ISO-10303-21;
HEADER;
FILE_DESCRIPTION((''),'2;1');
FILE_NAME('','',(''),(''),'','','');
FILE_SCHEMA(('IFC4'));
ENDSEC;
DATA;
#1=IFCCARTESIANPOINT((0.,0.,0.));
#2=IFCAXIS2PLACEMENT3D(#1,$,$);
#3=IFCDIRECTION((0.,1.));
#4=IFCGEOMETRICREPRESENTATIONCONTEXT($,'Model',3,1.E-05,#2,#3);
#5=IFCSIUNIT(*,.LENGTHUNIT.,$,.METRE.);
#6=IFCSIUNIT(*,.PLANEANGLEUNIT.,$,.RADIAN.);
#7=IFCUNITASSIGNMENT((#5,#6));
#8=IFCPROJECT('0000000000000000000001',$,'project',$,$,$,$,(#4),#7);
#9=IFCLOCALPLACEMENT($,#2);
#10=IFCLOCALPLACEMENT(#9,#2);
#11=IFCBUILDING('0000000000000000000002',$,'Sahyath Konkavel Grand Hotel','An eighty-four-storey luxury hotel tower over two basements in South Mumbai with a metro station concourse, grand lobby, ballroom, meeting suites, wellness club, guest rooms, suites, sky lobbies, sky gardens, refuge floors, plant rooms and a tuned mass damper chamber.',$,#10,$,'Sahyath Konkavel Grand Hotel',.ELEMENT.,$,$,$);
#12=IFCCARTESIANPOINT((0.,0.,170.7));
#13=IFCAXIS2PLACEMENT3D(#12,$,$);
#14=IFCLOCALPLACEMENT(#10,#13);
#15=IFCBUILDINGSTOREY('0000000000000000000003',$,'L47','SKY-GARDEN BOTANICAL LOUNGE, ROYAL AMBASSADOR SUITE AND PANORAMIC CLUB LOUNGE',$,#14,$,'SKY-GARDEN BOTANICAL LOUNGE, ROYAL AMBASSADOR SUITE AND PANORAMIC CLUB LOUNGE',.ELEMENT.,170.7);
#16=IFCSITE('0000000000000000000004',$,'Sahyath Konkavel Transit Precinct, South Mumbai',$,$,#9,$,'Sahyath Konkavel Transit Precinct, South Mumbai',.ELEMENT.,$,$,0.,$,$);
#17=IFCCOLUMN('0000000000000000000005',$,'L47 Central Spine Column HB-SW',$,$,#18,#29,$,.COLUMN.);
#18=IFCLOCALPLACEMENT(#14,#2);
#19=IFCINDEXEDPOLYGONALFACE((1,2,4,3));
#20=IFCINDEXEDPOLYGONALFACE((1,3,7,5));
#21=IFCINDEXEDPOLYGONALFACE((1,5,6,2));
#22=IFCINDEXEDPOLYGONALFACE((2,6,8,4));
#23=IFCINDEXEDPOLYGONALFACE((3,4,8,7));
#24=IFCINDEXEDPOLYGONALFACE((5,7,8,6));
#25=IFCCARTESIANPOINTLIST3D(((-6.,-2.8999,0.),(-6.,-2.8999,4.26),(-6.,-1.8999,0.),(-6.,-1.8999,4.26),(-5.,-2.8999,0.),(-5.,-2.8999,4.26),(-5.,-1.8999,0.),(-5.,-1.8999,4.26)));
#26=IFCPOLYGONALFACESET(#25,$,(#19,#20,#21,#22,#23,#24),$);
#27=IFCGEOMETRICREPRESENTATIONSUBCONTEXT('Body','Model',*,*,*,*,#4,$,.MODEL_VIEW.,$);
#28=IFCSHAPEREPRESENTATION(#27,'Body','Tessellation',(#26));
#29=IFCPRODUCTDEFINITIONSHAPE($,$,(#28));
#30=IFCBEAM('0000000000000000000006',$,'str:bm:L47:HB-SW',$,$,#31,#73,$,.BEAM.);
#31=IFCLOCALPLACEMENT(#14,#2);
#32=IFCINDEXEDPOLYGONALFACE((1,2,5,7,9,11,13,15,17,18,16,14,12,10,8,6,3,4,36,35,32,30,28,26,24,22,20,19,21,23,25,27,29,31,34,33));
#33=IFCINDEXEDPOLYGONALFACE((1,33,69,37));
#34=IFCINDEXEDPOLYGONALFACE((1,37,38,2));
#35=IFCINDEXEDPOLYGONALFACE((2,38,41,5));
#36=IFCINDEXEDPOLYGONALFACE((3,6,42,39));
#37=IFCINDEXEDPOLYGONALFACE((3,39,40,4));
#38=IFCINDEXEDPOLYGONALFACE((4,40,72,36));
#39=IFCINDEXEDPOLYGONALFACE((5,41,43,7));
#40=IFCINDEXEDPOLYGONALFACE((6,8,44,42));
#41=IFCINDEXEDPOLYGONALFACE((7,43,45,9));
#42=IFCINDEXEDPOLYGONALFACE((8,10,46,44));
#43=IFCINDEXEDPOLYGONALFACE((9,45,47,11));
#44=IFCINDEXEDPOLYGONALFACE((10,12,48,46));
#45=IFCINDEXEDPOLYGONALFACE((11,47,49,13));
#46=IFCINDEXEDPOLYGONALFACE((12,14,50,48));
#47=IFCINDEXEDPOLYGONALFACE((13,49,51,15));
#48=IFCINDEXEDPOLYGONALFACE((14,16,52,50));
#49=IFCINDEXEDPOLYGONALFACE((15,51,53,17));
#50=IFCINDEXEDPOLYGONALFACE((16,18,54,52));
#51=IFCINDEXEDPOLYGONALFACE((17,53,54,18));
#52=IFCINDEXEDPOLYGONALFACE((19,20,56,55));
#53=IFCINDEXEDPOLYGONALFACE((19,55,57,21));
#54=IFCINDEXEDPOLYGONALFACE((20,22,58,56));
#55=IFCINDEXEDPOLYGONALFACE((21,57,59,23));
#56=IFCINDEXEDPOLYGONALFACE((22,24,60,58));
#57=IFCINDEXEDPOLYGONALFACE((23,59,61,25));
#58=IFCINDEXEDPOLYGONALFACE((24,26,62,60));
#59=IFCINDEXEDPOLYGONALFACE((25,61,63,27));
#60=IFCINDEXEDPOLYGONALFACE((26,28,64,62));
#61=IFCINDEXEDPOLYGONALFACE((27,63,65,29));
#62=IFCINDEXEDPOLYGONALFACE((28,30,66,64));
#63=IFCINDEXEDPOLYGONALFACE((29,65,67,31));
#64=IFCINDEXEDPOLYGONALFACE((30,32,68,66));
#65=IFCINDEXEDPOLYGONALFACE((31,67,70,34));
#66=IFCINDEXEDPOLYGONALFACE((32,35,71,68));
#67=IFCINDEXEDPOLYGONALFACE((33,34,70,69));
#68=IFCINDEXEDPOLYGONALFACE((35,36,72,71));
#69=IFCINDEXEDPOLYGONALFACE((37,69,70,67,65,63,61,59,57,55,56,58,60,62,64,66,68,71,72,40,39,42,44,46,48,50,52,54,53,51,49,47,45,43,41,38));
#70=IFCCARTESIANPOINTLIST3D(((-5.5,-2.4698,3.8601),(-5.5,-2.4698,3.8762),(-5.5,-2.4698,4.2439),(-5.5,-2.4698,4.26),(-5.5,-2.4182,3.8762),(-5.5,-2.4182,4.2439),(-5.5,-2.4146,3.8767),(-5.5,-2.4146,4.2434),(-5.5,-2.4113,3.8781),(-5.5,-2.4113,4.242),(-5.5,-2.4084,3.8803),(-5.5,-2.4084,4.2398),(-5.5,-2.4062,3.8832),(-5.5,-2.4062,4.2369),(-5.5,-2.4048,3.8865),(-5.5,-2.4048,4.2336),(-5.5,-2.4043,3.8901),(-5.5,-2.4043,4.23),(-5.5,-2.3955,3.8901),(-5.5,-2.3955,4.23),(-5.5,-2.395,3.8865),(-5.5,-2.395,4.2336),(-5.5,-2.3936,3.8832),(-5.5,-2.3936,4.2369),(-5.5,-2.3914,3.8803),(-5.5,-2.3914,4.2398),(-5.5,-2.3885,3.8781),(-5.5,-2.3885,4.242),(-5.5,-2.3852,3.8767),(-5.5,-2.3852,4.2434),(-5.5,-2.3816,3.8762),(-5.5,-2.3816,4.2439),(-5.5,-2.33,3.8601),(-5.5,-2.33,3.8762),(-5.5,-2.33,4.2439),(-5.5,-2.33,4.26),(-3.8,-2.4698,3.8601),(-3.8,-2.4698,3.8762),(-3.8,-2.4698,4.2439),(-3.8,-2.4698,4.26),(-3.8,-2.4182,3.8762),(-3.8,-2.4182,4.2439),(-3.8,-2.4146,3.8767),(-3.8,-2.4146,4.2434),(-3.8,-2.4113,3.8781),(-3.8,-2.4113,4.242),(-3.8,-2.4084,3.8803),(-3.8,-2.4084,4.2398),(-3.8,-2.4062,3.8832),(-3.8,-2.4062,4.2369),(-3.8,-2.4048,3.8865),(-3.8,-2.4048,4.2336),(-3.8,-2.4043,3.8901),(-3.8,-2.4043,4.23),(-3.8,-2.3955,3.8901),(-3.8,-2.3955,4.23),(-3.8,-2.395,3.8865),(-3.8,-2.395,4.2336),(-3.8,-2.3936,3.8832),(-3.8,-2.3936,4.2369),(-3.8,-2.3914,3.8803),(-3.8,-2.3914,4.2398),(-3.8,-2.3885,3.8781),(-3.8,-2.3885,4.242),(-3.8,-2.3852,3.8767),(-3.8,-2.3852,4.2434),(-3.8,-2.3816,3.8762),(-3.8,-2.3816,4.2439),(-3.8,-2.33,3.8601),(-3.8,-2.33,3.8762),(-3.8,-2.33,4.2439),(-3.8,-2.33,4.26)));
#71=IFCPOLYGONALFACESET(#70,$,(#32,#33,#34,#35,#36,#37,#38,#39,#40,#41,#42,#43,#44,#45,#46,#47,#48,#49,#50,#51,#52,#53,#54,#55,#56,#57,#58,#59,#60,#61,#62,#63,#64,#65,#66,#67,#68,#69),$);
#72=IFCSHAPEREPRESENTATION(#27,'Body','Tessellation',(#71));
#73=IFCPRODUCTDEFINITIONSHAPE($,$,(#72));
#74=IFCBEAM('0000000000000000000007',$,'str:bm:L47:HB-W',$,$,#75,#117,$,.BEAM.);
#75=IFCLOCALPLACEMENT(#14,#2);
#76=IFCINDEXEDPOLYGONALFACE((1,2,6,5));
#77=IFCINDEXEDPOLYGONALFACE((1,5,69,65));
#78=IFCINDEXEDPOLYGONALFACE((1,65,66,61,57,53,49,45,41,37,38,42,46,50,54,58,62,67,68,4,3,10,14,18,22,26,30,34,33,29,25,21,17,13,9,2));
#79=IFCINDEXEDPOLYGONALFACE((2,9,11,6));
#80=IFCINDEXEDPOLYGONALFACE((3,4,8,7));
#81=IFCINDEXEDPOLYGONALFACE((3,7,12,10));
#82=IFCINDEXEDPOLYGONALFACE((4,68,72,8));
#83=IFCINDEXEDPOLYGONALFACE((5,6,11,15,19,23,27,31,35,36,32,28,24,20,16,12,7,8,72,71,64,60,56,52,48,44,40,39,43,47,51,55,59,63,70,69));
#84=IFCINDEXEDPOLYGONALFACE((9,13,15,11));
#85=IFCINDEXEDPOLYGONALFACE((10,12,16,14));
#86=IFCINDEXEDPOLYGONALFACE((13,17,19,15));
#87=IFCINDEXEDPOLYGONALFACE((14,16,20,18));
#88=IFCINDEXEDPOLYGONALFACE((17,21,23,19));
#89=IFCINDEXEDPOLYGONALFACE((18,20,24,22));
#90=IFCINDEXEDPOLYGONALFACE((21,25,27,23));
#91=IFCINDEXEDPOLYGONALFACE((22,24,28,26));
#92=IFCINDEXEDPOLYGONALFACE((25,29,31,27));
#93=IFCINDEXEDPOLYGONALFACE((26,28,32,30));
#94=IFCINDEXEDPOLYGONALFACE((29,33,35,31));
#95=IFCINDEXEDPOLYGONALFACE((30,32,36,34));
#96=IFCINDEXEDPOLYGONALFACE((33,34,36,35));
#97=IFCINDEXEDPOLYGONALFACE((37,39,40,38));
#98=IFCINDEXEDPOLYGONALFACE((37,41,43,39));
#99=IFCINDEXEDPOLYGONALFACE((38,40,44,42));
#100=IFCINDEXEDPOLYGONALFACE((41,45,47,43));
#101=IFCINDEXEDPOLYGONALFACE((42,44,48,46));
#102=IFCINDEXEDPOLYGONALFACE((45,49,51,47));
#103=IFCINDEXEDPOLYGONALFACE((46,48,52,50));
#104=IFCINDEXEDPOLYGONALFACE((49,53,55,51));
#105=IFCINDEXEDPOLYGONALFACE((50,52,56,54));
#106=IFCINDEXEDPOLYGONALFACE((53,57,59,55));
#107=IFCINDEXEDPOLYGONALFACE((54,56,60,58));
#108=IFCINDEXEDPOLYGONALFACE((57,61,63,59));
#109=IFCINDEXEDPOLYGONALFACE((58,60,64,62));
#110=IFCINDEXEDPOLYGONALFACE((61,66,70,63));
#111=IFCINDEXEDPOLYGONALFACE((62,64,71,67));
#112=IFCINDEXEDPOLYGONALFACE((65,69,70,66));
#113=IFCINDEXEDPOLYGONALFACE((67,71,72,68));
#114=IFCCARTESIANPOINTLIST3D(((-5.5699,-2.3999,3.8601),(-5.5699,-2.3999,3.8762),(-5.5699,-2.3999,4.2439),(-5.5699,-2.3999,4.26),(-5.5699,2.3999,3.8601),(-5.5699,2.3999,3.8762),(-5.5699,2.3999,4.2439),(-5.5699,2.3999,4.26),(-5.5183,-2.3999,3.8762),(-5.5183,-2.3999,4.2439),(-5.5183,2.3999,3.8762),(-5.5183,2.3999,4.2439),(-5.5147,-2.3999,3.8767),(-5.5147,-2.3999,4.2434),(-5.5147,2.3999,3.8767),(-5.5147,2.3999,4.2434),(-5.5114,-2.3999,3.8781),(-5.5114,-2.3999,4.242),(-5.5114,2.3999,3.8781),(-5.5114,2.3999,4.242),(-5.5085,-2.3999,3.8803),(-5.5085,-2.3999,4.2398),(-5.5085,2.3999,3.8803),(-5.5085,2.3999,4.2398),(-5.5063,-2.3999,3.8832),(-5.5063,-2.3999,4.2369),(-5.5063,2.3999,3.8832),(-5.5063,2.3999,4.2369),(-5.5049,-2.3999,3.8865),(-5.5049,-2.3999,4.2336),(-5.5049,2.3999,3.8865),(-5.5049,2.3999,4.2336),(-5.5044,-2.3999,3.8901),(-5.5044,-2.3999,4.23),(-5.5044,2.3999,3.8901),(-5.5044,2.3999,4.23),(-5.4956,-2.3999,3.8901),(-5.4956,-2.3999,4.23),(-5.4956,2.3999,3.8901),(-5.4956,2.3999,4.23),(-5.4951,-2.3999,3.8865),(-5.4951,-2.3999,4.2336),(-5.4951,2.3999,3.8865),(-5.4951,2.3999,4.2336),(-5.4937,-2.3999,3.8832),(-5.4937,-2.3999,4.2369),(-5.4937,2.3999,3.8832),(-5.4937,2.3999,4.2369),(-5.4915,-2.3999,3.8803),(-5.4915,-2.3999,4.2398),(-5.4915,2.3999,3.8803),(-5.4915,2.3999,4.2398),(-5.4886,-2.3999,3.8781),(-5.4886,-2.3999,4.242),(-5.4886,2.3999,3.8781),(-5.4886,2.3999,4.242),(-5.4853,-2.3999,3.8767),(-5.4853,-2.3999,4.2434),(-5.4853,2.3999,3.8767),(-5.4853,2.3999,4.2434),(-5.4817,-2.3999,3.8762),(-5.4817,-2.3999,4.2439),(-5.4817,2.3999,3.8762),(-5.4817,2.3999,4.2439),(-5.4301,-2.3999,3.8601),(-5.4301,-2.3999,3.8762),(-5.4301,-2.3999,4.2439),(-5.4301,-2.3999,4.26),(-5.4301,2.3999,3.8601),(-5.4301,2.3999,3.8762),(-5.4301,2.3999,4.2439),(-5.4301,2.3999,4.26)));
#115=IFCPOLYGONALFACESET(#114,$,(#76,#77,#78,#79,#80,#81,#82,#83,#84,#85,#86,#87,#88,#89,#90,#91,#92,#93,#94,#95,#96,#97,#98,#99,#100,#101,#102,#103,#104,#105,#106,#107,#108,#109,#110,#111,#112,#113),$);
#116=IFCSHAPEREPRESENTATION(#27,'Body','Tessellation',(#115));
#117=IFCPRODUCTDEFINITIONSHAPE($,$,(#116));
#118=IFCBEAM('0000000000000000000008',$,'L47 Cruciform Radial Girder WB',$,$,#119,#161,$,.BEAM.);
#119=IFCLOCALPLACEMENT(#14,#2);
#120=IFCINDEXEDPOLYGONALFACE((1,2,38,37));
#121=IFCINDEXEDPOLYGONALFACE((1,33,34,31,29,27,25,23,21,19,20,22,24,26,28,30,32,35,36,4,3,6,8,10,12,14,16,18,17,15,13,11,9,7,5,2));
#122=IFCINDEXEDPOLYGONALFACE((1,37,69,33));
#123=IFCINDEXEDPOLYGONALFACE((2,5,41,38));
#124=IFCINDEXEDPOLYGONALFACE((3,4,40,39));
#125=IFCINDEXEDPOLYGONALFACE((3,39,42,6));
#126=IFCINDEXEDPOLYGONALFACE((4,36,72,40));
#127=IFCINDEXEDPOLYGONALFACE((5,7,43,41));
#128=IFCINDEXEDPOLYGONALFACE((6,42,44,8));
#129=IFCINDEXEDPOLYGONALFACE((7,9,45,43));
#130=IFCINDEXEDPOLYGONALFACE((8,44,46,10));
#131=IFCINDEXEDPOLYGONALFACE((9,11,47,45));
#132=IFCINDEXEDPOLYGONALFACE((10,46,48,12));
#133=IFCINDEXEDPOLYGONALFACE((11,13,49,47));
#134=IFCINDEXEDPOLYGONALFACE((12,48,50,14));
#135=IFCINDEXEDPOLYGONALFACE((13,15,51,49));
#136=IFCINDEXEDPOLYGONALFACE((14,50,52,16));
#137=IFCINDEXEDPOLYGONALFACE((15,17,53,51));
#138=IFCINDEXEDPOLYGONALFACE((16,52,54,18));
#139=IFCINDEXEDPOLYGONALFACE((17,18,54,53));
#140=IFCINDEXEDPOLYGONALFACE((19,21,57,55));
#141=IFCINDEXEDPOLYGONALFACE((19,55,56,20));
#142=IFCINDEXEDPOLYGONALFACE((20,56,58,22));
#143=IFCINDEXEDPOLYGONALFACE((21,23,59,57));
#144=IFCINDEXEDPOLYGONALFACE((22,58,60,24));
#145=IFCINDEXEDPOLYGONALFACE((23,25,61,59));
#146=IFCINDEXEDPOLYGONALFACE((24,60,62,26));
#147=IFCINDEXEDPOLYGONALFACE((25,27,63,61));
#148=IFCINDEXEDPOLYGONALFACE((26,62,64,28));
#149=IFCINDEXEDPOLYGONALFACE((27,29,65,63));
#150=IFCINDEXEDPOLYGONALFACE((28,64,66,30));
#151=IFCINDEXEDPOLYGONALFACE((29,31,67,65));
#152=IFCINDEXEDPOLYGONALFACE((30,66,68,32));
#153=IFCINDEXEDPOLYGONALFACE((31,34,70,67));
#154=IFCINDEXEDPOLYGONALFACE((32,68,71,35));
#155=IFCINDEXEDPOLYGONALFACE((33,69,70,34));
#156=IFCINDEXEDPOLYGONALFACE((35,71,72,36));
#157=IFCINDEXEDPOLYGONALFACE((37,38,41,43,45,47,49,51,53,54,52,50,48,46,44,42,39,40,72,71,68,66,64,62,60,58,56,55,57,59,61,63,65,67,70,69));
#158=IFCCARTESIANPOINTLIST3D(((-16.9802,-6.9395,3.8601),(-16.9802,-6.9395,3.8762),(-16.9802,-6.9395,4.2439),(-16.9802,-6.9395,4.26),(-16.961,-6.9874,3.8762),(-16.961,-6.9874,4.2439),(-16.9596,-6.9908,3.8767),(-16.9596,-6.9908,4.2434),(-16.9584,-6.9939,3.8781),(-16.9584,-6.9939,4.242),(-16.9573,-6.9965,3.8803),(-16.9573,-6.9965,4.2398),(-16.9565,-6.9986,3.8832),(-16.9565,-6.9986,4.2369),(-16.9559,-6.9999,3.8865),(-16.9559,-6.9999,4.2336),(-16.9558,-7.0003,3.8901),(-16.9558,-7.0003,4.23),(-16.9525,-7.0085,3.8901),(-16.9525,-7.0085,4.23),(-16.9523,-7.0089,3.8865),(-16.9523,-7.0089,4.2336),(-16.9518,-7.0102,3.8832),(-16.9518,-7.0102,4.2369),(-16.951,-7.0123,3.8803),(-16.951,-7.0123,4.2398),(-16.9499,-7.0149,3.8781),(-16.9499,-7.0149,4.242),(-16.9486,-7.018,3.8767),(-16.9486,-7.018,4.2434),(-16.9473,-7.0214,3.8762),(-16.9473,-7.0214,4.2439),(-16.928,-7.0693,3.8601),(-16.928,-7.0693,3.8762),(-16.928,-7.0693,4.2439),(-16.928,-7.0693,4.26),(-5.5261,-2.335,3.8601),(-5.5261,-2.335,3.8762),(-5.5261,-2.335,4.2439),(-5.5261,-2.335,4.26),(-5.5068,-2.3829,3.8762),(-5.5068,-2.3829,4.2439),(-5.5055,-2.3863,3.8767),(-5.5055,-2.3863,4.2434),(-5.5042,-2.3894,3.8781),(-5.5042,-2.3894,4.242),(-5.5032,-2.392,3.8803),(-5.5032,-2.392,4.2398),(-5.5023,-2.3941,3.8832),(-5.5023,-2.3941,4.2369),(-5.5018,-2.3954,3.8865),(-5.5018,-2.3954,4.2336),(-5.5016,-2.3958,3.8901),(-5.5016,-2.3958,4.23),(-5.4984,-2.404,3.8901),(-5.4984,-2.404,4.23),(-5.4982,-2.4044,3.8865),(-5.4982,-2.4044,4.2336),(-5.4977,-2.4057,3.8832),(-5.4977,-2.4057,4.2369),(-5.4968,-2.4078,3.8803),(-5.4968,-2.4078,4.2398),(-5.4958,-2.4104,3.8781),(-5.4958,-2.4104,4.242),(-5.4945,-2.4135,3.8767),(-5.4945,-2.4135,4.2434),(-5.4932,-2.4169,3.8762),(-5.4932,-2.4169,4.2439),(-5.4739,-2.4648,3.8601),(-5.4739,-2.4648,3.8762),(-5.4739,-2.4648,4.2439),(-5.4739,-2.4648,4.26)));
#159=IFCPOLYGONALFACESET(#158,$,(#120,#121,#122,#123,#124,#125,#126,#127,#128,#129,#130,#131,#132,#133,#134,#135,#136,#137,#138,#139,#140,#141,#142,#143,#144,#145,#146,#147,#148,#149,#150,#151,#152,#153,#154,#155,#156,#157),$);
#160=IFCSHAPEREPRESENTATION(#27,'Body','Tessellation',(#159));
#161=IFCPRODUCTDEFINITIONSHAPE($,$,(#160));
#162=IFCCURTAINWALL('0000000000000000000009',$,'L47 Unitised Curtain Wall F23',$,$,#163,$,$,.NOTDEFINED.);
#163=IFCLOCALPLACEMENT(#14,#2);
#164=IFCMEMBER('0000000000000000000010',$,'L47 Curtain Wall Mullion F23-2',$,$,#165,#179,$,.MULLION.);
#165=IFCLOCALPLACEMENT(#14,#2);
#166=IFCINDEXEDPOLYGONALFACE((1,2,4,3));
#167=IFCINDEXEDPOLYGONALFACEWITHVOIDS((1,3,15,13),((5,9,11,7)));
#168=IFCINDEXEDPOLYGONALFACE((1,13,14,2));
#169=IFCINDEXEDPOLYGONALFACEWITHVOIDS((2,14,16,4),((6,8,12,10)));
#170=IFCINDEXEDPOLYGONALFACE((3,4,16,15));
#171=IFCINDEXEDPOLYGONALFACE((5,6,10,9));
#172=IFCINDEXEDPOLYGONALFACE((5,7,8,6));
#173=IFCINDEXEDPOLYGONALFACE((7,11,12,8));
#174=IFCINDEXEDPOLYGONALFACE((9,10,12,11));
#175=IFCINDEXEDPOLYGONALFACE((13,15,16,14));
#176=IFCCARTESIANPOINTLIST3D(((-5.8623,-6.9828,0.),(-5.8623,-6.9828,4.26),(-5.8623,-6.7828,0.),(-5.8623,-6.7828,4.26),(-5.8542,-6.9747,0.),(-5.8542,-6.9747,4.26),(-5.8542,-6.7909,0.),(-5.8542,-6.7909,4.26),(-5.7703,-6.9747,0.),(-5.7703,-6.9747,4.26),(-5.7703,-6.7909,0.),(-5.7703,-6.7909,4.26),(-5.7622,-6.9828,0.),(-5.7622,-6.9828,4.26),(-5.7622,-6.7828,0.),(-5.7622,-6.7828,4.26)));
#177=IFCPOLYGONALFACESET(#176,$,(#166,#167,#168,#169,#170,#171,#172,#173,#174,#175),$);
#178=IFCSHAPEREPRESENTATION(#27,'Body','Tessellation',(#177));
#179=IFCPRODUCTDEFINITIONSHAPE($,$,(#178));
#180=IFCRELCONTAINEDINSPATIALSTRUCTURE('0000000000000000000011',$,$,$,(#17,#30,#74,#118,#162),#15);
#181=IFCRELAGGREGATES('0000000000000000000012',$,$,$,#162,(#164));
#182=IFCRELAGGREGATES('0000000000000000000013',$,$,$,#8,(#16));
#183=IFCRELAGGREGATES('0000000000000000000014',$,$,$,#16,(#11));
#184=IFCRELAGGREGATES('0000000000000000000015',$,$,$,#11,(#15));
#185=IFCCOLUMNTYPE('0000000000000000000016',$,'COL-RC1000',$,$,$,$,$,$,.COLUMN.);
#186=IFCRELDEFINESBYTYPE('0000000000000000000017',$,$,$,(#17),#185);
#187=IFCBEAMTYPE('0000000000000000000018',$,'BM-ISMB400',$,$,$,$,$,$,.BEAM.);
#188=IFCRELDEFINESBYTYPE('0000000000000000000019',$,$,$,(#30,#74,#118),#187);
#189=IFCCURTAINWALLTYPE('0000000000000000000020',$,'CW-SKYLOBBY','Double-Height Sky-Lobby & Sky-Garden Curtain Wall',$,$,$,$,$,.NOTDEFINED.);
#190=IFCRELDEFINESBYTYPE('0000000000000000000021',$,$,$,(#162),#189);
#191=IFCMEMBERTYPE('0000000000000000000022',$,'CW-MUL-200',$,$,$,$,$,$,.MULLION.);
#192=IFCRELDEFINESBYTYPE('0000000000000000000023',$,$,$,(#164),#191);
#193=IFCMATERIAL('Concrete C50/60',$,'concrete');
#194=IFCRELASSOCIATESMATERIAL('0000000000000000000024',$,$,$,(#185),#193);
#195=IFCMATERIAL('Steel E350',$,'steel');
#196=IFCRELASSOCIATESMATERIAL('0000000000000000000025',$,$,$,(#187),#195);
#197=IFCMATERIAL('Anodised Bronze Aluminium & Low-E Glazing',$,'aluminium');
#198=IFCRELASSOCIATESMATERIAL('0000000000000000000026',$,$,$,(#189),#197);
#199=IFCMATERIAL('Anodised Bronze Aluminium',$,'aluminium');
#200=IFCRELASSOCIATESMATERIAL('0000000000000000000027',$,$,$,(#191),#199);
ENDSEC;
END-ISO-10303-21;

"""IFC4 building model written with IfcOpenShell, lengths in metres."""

from ifc_helpers import new_model, si_unit, direction, frame, origin, origin_2d, place, context, subcontext, project, spatial, rectangle, hollow_rectangle, i_section, extrude, source, transform, mapped, material, material_profile, profile_set, type_object, element, aggregate, save


model = new_model("IFC4")

# Units and contexts
model_context = context("Model", 3, precision=1e-05, world=origin(), true_north=direction((0.0, 1.0)))
body_context = subcontext(model_context, "Body", "Model", "MODEL_VIEW")
ifc_project = project(units=[si_unit("LENGTHUNIT", "METRE"), si_unit("PLANEANGLEUNIT", "RADIAN")], contexts=[model_context])

# Site, building, storey
site_placement = place(None, origin())
site = spatial("IfcSite", under=ifc_project, at=site_placement, Name="Sahyath Konkavel Transit Precinct, South Mumbai", LongName="Sahyath Konkavel Transit Precinct, South Mumbai", CompositionType="ELEMENT", RefElevation=0.0)
building_placement = place(site_placement, origin())
building = spatial("IfcBuilding", under=site, at=building_placement, Name="Sahyath Konkavel Grand Hotel", Description="An eighty-four-storey luxury hotel tower over two basements in South Mumbai with a metro station concourse, grand lobby, ballroom, meeting suites, wellness club, guest rooms, suites, sky lobbies, sky gardens, refuge floors, plant rooms and a tuned mass damper chamber.", LongName="Sahyath Konkavel Grand Hotel", CompositionType="ELEMENT")
storey_placement = place(building_placement, frame((0.0, 0.0, 170.7)))
storey = spatial("IfcBuildingStorey", under=building, at=storey_placement, Name="L47", Description="SKY-GARDEN BOTANICAL LOUNGE, ROYAL AMBASSADOR SUITE AND PANORAMIC CLUB LOUNGE", LongName="SKY-GARDEN BOTANICAL LOUNGE, ROYAL AMBASSADOR SUITE AND PANORAMIC CLUB LOUNGE", CompositionType="ELEMENT", Elevation=170.7)

# Column
ifc_material_1 = material(Name="Concrete C50/60", Category="concrete")
ifc_material_profile_1 = material_profile(ifc_material_1, rectangle(XDim=1.0, YDim=1.0, at=origin_2d()), Name="RC 1000x1000")
ifc_profile_set_1 = profile_set([ifc_material_profile_1], Name="Concrete C50/60")
column_type = type_object("IfcColumnType", Name="COL-RC1000", PredefinedType="COLUMN", material=ifc_profile_set_1)
shared_shape_1 = source(origin(), body_context, "Body", "SweptSolid", [
    extrude(rectangle(XDim=1.0, YDim=1.0, at=origin_2d()), origin(), (0.0, 0.0, 1.0), 4.26),
])
column_placement = place(storey_placement, frame((-5.5, -2.3999, 0.0), z_axis=(0.0, 0.0, 1.0), x_axis=(1.0, 0.0, 0.0)))
element("IfcColumn", 1, at=column_placement, inside=storey, type_object=column_type, Name="L47 Central Spine Column HB-SW", PredefinedType="COLUMN", context=body_context, shape_type="MappedRepresentation", body=[
    mapped(shared_shape_1, transform((0.0, 0.0, 0.0), scale=1.0)),
])

# Beams
ifc_material_2 = material(Name="Steel E350", Category="steel")
ifc_material_profile_2 = material_profile(ifc_material_2, i_section(OverallWidth=0.1399, OverallDepth=0.3999, WebThickness=0.0088, FlangeThickness=0.0161, FilletRadius=0.0139, at=origin_2d()), Name="ISMB 400")
ifc_profile_set_2 = profile_set([ifc_material_profile_2], Name="Steel E350")
beam_type_1 = type_object("IfcBeamType", Name="BM-ISMB400", PredefinedType="BEAM", material=ifc_profile_set_2)
shared_shape_2 = source(origin(), body_context, "Body", "SweptSolid", [
    extrude(i_section(OverallWidth=0.1399, OverallDepth=0.3999, WebThickness=0.0088, FlangeThickness=0.0161, FilletRadius=0.0139, at=origin_2d()), origin(), (0.0, 0.0, 1.0), 1.7),
])
beam_1_placement = place(storey_placement, frame((-5.5, -2.3999, 4.0601), z_axis=(1.0, 0.0, 0.0), x_axis=(0.0, 1.0, 0.0)))
element("IfcBeam", 2, at=beam_1_placement, inside=storey, type_object=beam_type_1, Name="str:bm:L47:HB-SW", PredefinedType="BEAM", context=body_context, shape_type="MappedRepresentation", body=[
    mapped(shared_shape_2, transform((0.0, 0.0, 0.0), scale=1.0)),
])
shared_shape_3 = source(origin(), body_context, "Body", "SweptSolid", [
    extrude(i_section(OverallWidth=0.1399, OverallDepth=0.3999, WebThickness=0.0088, FlangeThickness=0.0161, FilletRadius=0.0139, at=origin_2d()), origin(), (0.0, 0.0, 1.0), 4.7998),
])
beam_2_placement = place(storey_placement, frame((-5.5, -2.3999, 4.0601), z_axis=(0.0, 1.0, 0.0), x_axis=(-1.0, 0.0, 0.0)))
element("IfcBeam", 3, at=beam_2_placement, inside=storey, type_object=beam_type_1, Name="str:bm:L47:HB-W", PredefinedType="BEAM", context=body_context, shape_type="MappedRepresentation", body=[
    mapped(shared_shape_3, transform((0.0, 0.0, 0.0), scale=1.0)),
])
shared_shape_4 = source(origin(), body_context, "Body", "SweptSolid", [
    extrude(i_section(OverallWidth=0.1399, OverallDepth=0.3999, WebThickness=0.0088, FlangeThickness=0.0161, FilletRadius=0.0139, at=origin_2d()), origin(), (0.0, 0.0, 1.0), 12.345),
])
beam_3_placement = place(storey_placement, frame((-5.5, -2.3999, 4.0601), z_axis=(-0.927837, -0.372986, 0.0), x_axis=(0.372986, -0.927837, 0.0)))
element("IfcBeam", 4, at=beam_3_placement, inside=storey, type_object=beam_type_1, Name="L47 Cruciform Radial Girder WB", PredefinedType="BEAM", context=body_context, shape_type="MappedRepresentation", body=[
    mapped(shared_shape_4, transform((0.0, 0.0, 0.0), scale=1.0)),
])

# Curtain wall, member
ifc_material_3 = material(Name="Anodised Bronze Aluminium & Low-E Glazing", Category="aluminium")
curtain_wall_type = type_object("IfcCurtainWallType", Name="CW-SKYLOBBY", Description="Double-Height Sky-Lobby & Sky-Garden Curtain Wall", PredefinedType="NOTDEFINED", material=ifc_material_3)
curtain_wall_1_placement = place(storey_placement, origin())
curtain_wall_1 = element("IfcCurtainWall", 5, at=curtain_wall_1_placement, inside=storey, type_object=curtain_wall_type, Name="L47 Unitised Curtain Wall F23", PredefinedType="NOTDEFINED")
ifc_material_4 = material(Name="Anodised Bronze Aluminium", Category="aluminium")
ifc_material_profile_3 = material_profile(ifc_material_4, hollow_rectangle(XDim=0.1001, YDim=0.2, WallThickness=0.0081, at=origin_2d()), Name="RHS 200x100x8")
ifc_profile_set_3 = profile_set([ifc_material_profile_3], Name="Anodised Bronze Aluminium")
member_type_1 = type_object("IfcMemberType", Name="CW-MUL-200", PredefinedType="MULLION", material=ifc_profile_set_3)
shared_shape_5 = source(origin(), body_context, "Body", "SweptSolid", [
    extrude(hollow_rectangle(XDim=0.1001, YDim=0.2, WallThickness=0.0081, at=origin_2d()), origin(), (0.0, 0.0, 1.0), 4.26),
])
member_1_placement = place(storey_placement, frame((-5.8123, -6.8828, 0.0), z_axis=(0.0, 0.0, 1.0), x_axis=(1.0, 0.0, 0.0)))
member_1 = element("IfcMember", 6, at=member_1_placement, type_object=member_type_1, Name="L47 Curtain Wall Mullion F23-2", PredefinedType="MULLION", context=body_context, shape_type="MappedRepresentation", body=[
    mapped(shared_shape_5, transform((0.0, 0.0, 0.0), scale=1.0)),
])

aggregate(curtain_wall_1, [member_1])

save(model, "model.ifc")
